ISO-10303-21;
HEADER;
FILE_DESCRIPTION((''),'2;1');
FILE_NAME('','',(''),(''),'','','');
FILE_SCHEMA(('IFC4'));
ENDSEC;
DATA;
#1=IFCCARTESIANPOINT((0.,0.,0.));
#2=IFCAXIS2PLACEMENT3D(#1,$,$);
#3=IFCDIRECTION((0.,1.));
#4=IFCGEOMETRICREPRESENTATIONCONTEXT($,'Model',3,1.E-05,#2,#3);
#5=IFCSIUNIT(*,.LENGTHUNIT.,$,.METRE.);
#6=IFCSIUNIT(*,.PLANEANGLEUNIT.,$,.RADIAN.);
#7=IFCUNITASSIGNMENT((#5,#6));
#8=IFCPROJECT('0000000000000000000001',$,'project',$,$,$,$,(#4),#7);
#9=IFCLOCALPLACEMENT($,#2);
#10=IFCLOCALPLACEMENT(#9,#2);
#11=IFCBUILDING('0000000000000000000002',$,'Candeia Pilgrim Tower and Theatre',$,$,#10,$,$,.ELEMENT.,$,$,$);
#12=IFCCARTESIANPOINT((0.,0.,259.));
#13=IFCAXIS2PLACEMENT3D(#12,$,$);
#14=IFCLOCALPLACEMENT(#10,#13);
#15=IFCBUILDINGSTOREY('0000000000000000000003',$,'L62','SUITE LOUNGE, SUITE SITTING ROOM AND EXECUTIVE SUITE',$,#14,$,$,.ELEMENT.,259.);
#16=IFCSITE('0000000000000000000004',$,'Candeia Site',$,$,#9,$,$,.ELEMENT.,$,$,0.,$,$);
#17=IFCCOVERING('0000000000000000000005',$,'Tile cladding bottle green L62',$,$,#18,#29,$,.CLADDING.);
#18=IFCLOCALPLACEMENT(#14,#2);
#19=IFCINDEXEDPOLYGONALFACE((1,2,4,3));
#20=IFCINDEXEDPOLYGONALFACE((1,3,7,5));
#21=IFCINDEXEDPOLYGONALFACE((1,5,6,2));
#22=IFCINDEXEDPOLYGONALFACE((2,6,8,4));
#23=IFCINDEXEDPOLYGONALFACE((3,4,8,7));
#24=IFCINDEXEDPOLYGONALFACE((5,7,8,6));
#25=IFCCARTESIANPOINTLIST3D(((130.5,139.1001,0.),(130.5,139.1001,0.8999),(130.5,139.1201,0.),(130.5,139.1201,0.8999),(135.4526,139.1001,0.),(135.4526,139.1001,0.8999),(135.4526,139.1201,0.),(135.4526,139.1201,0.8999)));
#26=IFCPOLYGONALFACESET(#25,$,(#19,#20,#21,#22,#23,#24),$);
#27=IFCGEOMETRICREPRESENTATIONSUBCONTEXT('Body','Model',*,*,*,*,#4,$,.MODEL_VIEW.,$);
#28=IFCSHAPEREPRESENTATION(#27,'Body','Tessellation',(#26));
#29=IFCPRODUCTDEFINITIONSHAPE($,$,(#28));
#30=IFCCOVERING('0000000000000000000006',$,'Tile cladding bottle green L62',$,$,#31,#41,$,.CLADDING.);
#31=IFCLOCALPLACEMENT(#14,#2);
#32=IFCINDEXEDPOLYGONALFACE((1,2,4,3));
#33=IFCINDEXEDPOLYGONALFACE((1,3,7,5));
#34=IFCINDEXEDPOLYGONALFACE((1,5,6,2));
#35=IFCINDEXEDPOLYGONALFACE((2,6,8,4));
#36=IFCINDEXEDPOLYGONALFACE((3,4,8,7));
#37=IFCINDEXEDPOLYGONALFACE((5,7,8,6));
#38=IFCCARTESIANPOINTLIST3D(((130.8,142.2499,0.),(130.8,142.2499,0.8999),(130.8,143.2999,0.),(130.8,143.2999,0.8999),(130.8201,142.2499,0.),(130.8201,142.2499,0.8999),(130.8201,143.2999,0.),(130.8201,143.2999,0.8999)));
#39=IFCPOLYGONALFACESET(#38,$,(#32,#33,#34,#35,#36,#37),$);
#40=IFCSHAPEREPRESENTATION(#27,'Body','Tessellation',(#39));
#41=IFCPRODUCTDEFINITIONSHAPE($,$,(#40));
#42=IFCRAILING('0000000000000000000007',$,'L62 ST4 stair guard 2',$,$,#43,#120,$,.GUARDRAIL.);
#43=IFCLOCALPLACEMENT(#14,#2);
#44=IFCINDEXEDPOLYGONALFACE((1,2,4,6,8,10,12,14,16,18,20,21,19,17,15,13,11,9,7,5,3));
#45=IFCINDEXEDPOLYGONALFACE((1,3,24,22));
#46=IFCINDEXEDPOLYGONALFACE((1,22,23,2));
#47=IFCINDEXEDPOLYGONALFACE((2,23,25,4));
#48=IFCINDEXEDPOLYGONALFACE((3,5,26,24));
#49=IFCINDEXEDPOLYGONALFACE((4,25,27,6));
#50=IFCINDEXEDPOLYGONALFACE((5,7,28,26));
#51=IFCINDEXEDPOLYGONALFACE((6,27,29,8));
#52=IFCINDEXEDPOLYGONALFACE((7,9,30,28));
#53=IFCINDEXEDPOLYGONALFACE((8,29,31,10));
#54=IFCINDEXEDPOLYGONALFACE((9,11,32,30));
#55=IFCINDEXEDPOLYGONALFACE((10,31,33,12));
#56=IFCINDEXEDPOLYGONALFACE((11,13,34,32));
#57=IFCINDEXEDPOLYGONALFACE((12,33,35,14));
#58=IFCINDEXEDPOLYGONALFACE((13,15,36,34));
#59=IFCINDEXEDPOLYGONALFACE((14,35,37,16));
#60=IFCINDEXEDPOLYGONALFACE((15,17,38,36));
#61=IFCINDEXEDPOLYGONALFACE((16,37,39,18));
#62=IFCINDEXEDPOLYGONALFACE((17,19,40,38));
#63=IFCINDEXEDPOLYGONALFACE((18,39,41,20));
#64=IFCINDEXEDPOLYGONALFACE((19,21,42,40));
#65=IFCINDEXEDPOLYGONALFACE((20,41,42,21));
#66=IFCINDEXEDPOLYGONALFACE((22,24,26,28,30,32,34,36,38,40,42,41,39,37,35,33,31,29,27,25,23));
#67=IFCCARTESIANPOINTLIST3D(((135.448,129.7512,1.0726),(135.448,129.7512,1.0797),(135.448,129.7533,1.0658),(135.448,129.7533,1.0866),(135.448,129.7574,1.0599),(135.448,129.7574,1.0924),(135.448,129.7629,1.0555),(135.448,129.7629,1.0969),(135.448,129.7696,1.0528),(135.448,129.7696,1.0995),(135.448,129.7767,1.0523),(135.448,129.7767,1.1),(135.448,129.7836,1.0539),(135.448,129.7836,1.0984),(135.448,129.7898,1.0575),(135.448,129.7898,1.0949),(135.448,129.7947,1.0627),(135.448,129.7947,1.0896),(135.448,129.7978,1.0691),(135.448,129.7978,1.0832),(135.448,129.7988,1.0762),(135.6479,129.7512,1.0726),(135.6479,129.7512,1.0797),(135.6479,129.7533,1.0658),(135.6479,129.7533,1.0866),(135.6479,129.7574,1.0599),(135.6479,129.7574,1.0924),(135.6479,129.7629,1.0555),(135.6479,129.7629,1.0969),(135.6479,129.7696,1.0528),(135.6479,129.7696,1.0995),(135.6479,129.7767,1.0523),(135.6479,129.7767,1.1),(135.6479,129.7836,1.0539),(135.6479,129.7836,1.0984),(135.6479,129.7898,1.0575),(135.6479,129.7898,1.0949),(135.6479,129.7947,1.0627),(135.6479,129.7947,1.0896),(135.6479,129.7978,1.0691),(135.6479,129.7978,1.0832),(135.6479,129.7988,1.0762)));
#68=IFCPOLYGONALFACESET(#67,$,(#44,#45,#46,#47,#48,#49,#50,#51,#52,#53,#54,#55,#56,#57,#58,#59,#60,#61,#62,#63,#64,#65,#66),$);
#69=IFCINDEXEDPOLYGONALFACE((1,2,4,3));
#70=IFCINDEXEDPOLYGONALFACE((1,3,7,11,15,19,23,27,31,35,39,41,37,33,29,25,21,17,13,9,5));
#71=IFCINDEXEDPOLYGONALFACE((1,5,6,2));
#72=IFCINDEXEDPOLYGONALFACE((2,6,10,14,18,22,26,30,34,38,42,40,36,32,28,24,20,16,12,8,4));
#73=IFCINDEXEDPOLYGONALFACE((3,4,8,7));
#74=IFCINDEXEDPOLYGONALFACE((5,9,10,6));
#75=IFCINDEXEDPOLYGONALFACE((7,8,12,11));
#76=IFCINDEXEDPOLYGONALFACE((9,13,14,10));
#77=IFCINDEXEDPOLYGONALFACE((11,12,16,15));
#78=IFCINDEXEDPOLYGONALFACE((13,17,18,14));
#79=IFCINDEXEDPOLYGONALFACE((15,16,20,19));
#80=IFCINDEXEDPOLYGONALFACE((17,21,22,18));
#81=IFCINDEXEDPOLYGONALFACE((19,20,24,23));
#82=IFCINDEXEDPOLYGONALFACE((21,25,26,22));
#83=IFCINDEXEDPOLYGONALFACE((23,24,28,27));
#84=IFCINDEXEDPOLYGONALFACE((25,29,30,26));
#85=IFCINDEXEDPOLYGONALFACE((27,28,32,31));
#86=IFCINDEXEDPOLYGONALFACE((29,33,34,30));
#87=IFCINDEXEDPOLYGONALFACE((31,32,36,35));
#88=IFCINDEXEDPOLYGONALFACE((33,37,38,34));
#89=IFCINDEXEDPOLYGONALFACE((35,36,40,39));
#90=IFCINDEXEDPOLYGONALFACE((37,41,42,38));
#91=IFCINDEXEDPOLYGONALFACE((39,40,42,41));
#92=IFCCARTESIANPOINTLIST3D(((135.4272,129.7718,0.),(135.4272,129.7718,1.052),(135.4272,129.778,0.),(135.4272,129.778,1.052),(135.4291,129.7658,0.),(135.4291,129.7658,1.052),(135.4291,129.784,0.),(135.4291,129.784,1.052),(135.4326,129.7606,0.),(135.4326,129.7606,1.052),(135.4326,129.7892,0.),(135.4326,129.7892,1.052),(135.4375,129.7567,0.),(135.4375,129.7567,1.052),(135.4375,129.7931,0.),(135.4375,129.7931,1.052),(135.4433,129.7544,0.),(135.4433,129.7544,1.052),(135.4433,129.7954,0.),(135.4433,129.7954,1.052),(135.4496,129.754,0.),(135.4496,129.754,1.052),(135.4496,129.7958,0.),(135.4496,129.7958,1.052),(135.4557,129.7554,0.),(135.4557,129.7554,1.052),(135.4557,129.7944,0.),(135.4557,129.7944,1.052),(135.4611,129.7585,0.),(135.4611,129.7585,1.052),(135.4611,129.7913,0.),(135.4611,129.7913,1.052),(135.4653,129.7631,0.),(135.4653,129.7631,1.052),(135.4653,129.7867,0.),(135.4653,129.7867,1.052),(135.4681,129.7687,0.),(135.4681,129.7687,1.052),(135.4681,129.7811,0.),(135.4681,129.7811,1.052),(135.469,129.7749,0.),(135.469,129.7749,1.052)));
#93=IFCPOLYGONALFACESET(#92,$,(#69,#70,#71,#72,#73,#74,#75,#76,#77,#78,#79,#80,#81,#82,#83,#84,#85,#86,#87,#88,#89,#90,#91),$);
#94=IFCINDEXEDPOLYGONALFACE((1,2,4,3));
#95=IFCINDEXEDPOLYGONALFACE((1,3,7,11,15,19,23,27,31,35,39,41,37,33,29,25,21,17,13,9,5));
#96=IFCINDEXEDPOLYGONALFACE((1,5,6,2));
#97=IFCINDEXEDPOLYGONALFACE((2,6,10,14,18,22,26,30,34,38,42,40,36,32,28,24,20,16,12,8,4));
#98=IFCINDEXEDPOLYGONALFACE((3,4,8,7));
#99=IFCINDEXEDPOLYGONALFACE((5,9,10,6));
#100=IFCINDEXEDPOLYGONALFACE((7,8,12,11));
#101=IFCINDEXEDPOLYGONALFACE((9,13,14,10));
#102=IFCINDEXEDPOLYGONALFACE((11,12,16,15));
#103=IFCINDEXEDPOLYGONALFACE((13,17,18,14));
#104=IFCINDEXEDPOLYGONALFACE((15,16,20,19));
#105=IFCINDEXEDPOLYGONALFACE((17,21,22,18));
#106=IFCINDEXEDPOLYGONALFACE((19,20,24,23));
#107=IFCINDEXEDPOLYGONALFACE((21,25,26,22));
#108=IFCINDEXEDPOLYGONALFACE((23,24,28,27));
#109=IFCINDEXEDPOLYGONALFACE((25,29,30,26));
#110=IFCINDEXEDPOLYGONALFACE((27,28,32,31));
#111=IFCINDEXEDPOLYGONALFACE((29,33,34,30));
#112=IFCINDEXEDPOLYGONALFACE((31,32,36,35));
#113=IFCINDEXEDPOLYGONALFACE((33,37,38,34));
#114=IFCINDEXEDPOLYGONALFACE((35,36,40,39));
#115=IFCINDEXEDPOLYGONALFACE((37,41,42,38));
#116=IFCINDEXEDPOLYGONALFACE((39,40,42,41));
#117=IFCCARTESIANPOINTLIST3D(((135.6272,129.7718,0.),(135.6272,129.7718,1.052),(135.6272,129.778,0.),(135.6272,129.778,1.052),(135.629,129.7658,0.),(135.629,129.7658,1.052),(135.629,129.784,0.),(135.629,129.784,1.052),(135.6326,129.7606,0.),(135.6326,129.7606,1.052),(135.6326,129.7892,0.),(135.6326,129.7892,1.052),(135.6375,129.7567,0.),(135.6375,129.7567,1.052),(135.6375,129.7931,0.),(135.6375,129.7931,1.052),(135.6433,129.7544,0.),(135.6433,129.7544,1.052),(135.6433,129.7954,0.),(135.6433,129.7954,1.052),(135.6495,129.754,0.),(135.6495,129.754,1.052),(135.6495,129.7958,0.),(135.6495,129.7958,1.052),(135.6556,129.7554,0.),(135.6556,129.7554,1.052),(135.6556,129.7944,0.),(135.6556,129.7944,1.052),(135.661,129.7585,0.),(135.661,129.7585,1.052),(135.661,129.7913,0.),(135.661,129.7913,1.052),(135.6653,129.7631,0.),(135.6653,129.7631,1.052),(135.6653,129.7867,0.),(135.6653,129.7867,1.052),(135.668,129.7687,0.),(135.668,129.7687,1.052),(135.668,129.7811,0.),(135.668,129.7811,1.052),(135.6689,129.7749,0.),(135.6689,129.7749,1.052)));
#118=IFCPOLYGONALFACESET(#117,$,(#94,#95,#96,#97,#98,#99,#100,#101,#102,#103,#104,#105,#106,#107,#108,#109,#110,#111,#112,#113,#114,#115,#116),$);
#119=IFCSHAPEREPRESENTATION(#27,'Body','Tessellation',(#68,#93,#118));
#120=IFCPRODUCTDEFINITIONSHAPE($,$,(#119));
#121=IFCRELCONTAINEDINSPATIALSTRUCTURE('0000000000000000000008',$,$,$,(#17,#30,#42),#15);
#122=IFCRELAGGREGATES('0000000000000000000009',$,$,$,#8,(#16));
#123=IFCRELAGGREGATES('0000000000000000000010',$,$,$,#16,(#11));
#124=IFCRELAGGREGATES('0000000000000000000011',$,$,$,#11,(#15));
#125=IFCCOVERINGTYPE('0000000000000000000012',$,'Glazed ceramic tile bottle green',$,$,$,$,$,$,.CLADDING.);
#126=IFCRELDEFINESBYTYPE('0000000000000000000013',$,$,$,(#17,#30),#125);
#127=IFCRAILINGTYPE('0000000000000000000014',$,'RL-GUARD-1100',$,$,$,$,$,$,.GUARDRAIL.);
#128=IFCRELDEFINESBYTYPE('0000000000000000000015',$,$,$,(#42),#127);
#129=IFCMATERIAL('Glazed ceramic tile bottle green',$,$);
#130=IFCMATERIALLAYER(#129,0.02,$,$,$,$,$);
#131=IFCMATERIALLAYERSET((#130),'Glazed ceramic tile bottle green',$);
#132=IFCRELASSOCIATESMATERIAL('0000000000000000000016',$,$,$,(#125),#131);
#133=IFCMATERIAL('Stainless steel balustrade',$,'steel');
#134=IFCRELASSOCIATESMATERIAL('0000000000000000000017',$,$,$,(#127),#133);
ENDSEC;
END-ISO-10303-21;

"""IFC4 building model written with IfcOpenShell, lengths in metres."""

from ifc_helpers import new_model, si_unit, direction, frame, origin, origin_2d, place, context, subcontext, project, spatial, rectangle, circle, extrude, material, layer, layer_set, type_object, element, save


model = new_model("IFC4")

# Units and contexts
model_context = context("Model", 3, precision=1e-05, world=origin(), true_north=direction((0.0, 1.0)))
body_context = subcontext(model_context, "Body", "Model", "MODEL_VIEW")
ifc_project = project(units=[si_unit("LENGTHUNIT", "METRE"), si_unit("PLANEANGLEUNIT", "RADIAN")], contexts=[model_context])

# Site, building, storey
site_placement = place(None, origin())
site = spatial("IfcSite", under=ifc_project, at=site_placement, Name="Candeia Site", CompositionType="ELEMENT", RefElevation=0.0)
building_placement = place(site_placement, origin())
building = spatial("IfcBuilding", under=site, at=building_placement, Name="Candeia Pilgrim Tower and Theatre", CompositionType="ELEMENT")
storey_placement = place(building_placement, frame((0.0, 0.0, 259.0)))
storey = spatial("IfcBuildingStorey", under=building, at=storey_placement, Name="L62", Description="SUITE LOUNGE, SUITE SITTING ROOM AND EXECUTIVE SUITE", CompositionType="ELEMENT", Elevation=259.0)

# Coverings
ifc_material_1 = material(Name="Glazed ceramic tile bottle green")
ifc_layer_1 = layer(ifc_material_1, 0.02)
ifc_layer_set_1 = layer_set([ifc_layer_1], Name="Glazed ceramic tile bottle green")
covering_type = type_object("IfcCoveringType", Name="Glazed ceramic tile bottle green", PredefinedType="CLADDING", material=ifc_layer_set_1)
covering_1_placement = place(storey_placement, frame((132.9763, 139.1101, 0.0), z_axis=(0.0, 0.0, 1.0), x_axis=(-1.0, 0.0, 0.0)))
element("IfcCovering", 1, at=covering_1_placement, inside=storey, type_object=covering_type, Name="Tile cladding bottle green L62", PredefinedType="CLADDING", context=body_context, shape_type="SweptSolid", body=[
    extrude(rectangle(XDim=4.9526, YDim=0.02, at=origin_2d()), origin(), (0.0, 0.0, 1.0), 0.8999),
])
covering_2_placement = place(storey_placement, frame((130.8101, 142.7749, 0.0), z_axis=(0.0, 0.0, 1.0), x_axis=(0.0, 1.0, 0.0)))
element("IfcCovering", 2, at=covering_2_placement, inside=storey, type_object=covering_type, Name="Tile cladding bottle green L62", PredefinedType="CLADDING", context=body_context, shape_type="SweptSolid", body=[
    extrude(rectangle(XDim=1.05, YDim=0.02, at=origin_2d()), origin(), (0.0, 0.0, 1.0), 0.8999),
])

# Railing
ifc_material_2 = material(Name="Stainless steel balustrade", Category="steel")
railing_type = type_object("IfcRailingType", Name="RL-GUARD-1100", PredefinedType="GUARDRAIL", material=ifc_material_2)
railing_1_placement = place(storey_placement, frame((135.448, 129.7749, 0.0)))
element("IfcRailing", 3, at=railing_1_placement, inside=storey, type_object=railing_type, Name="L62 ST4 stair guard 2", PredefinedType="GUARDRAIL", context=body_context, shape_type="SweptSolid", body=[
    extrude(circle(Radius=0.0239, at=origin_2d()), frame((0.0, 0.0, 1.0762), z_axis=(1.0, 0.0, 0.0), x_axis=(0.0, 1.0, 0.0)), (0.0, 0.0, 1.0), 0.2),
    extrude(circle(Radius=0.021, at=origin_2d()), origin(), (0.0, 0.0, 1.0), 1.052),
    extrude(circle(Radius=0.021, at=origin_2d()), frame((0.2, 0.0, 0.0)), (0.0, 0.0, 1.0), 1.052),
])

save(model, "model.ifc")
